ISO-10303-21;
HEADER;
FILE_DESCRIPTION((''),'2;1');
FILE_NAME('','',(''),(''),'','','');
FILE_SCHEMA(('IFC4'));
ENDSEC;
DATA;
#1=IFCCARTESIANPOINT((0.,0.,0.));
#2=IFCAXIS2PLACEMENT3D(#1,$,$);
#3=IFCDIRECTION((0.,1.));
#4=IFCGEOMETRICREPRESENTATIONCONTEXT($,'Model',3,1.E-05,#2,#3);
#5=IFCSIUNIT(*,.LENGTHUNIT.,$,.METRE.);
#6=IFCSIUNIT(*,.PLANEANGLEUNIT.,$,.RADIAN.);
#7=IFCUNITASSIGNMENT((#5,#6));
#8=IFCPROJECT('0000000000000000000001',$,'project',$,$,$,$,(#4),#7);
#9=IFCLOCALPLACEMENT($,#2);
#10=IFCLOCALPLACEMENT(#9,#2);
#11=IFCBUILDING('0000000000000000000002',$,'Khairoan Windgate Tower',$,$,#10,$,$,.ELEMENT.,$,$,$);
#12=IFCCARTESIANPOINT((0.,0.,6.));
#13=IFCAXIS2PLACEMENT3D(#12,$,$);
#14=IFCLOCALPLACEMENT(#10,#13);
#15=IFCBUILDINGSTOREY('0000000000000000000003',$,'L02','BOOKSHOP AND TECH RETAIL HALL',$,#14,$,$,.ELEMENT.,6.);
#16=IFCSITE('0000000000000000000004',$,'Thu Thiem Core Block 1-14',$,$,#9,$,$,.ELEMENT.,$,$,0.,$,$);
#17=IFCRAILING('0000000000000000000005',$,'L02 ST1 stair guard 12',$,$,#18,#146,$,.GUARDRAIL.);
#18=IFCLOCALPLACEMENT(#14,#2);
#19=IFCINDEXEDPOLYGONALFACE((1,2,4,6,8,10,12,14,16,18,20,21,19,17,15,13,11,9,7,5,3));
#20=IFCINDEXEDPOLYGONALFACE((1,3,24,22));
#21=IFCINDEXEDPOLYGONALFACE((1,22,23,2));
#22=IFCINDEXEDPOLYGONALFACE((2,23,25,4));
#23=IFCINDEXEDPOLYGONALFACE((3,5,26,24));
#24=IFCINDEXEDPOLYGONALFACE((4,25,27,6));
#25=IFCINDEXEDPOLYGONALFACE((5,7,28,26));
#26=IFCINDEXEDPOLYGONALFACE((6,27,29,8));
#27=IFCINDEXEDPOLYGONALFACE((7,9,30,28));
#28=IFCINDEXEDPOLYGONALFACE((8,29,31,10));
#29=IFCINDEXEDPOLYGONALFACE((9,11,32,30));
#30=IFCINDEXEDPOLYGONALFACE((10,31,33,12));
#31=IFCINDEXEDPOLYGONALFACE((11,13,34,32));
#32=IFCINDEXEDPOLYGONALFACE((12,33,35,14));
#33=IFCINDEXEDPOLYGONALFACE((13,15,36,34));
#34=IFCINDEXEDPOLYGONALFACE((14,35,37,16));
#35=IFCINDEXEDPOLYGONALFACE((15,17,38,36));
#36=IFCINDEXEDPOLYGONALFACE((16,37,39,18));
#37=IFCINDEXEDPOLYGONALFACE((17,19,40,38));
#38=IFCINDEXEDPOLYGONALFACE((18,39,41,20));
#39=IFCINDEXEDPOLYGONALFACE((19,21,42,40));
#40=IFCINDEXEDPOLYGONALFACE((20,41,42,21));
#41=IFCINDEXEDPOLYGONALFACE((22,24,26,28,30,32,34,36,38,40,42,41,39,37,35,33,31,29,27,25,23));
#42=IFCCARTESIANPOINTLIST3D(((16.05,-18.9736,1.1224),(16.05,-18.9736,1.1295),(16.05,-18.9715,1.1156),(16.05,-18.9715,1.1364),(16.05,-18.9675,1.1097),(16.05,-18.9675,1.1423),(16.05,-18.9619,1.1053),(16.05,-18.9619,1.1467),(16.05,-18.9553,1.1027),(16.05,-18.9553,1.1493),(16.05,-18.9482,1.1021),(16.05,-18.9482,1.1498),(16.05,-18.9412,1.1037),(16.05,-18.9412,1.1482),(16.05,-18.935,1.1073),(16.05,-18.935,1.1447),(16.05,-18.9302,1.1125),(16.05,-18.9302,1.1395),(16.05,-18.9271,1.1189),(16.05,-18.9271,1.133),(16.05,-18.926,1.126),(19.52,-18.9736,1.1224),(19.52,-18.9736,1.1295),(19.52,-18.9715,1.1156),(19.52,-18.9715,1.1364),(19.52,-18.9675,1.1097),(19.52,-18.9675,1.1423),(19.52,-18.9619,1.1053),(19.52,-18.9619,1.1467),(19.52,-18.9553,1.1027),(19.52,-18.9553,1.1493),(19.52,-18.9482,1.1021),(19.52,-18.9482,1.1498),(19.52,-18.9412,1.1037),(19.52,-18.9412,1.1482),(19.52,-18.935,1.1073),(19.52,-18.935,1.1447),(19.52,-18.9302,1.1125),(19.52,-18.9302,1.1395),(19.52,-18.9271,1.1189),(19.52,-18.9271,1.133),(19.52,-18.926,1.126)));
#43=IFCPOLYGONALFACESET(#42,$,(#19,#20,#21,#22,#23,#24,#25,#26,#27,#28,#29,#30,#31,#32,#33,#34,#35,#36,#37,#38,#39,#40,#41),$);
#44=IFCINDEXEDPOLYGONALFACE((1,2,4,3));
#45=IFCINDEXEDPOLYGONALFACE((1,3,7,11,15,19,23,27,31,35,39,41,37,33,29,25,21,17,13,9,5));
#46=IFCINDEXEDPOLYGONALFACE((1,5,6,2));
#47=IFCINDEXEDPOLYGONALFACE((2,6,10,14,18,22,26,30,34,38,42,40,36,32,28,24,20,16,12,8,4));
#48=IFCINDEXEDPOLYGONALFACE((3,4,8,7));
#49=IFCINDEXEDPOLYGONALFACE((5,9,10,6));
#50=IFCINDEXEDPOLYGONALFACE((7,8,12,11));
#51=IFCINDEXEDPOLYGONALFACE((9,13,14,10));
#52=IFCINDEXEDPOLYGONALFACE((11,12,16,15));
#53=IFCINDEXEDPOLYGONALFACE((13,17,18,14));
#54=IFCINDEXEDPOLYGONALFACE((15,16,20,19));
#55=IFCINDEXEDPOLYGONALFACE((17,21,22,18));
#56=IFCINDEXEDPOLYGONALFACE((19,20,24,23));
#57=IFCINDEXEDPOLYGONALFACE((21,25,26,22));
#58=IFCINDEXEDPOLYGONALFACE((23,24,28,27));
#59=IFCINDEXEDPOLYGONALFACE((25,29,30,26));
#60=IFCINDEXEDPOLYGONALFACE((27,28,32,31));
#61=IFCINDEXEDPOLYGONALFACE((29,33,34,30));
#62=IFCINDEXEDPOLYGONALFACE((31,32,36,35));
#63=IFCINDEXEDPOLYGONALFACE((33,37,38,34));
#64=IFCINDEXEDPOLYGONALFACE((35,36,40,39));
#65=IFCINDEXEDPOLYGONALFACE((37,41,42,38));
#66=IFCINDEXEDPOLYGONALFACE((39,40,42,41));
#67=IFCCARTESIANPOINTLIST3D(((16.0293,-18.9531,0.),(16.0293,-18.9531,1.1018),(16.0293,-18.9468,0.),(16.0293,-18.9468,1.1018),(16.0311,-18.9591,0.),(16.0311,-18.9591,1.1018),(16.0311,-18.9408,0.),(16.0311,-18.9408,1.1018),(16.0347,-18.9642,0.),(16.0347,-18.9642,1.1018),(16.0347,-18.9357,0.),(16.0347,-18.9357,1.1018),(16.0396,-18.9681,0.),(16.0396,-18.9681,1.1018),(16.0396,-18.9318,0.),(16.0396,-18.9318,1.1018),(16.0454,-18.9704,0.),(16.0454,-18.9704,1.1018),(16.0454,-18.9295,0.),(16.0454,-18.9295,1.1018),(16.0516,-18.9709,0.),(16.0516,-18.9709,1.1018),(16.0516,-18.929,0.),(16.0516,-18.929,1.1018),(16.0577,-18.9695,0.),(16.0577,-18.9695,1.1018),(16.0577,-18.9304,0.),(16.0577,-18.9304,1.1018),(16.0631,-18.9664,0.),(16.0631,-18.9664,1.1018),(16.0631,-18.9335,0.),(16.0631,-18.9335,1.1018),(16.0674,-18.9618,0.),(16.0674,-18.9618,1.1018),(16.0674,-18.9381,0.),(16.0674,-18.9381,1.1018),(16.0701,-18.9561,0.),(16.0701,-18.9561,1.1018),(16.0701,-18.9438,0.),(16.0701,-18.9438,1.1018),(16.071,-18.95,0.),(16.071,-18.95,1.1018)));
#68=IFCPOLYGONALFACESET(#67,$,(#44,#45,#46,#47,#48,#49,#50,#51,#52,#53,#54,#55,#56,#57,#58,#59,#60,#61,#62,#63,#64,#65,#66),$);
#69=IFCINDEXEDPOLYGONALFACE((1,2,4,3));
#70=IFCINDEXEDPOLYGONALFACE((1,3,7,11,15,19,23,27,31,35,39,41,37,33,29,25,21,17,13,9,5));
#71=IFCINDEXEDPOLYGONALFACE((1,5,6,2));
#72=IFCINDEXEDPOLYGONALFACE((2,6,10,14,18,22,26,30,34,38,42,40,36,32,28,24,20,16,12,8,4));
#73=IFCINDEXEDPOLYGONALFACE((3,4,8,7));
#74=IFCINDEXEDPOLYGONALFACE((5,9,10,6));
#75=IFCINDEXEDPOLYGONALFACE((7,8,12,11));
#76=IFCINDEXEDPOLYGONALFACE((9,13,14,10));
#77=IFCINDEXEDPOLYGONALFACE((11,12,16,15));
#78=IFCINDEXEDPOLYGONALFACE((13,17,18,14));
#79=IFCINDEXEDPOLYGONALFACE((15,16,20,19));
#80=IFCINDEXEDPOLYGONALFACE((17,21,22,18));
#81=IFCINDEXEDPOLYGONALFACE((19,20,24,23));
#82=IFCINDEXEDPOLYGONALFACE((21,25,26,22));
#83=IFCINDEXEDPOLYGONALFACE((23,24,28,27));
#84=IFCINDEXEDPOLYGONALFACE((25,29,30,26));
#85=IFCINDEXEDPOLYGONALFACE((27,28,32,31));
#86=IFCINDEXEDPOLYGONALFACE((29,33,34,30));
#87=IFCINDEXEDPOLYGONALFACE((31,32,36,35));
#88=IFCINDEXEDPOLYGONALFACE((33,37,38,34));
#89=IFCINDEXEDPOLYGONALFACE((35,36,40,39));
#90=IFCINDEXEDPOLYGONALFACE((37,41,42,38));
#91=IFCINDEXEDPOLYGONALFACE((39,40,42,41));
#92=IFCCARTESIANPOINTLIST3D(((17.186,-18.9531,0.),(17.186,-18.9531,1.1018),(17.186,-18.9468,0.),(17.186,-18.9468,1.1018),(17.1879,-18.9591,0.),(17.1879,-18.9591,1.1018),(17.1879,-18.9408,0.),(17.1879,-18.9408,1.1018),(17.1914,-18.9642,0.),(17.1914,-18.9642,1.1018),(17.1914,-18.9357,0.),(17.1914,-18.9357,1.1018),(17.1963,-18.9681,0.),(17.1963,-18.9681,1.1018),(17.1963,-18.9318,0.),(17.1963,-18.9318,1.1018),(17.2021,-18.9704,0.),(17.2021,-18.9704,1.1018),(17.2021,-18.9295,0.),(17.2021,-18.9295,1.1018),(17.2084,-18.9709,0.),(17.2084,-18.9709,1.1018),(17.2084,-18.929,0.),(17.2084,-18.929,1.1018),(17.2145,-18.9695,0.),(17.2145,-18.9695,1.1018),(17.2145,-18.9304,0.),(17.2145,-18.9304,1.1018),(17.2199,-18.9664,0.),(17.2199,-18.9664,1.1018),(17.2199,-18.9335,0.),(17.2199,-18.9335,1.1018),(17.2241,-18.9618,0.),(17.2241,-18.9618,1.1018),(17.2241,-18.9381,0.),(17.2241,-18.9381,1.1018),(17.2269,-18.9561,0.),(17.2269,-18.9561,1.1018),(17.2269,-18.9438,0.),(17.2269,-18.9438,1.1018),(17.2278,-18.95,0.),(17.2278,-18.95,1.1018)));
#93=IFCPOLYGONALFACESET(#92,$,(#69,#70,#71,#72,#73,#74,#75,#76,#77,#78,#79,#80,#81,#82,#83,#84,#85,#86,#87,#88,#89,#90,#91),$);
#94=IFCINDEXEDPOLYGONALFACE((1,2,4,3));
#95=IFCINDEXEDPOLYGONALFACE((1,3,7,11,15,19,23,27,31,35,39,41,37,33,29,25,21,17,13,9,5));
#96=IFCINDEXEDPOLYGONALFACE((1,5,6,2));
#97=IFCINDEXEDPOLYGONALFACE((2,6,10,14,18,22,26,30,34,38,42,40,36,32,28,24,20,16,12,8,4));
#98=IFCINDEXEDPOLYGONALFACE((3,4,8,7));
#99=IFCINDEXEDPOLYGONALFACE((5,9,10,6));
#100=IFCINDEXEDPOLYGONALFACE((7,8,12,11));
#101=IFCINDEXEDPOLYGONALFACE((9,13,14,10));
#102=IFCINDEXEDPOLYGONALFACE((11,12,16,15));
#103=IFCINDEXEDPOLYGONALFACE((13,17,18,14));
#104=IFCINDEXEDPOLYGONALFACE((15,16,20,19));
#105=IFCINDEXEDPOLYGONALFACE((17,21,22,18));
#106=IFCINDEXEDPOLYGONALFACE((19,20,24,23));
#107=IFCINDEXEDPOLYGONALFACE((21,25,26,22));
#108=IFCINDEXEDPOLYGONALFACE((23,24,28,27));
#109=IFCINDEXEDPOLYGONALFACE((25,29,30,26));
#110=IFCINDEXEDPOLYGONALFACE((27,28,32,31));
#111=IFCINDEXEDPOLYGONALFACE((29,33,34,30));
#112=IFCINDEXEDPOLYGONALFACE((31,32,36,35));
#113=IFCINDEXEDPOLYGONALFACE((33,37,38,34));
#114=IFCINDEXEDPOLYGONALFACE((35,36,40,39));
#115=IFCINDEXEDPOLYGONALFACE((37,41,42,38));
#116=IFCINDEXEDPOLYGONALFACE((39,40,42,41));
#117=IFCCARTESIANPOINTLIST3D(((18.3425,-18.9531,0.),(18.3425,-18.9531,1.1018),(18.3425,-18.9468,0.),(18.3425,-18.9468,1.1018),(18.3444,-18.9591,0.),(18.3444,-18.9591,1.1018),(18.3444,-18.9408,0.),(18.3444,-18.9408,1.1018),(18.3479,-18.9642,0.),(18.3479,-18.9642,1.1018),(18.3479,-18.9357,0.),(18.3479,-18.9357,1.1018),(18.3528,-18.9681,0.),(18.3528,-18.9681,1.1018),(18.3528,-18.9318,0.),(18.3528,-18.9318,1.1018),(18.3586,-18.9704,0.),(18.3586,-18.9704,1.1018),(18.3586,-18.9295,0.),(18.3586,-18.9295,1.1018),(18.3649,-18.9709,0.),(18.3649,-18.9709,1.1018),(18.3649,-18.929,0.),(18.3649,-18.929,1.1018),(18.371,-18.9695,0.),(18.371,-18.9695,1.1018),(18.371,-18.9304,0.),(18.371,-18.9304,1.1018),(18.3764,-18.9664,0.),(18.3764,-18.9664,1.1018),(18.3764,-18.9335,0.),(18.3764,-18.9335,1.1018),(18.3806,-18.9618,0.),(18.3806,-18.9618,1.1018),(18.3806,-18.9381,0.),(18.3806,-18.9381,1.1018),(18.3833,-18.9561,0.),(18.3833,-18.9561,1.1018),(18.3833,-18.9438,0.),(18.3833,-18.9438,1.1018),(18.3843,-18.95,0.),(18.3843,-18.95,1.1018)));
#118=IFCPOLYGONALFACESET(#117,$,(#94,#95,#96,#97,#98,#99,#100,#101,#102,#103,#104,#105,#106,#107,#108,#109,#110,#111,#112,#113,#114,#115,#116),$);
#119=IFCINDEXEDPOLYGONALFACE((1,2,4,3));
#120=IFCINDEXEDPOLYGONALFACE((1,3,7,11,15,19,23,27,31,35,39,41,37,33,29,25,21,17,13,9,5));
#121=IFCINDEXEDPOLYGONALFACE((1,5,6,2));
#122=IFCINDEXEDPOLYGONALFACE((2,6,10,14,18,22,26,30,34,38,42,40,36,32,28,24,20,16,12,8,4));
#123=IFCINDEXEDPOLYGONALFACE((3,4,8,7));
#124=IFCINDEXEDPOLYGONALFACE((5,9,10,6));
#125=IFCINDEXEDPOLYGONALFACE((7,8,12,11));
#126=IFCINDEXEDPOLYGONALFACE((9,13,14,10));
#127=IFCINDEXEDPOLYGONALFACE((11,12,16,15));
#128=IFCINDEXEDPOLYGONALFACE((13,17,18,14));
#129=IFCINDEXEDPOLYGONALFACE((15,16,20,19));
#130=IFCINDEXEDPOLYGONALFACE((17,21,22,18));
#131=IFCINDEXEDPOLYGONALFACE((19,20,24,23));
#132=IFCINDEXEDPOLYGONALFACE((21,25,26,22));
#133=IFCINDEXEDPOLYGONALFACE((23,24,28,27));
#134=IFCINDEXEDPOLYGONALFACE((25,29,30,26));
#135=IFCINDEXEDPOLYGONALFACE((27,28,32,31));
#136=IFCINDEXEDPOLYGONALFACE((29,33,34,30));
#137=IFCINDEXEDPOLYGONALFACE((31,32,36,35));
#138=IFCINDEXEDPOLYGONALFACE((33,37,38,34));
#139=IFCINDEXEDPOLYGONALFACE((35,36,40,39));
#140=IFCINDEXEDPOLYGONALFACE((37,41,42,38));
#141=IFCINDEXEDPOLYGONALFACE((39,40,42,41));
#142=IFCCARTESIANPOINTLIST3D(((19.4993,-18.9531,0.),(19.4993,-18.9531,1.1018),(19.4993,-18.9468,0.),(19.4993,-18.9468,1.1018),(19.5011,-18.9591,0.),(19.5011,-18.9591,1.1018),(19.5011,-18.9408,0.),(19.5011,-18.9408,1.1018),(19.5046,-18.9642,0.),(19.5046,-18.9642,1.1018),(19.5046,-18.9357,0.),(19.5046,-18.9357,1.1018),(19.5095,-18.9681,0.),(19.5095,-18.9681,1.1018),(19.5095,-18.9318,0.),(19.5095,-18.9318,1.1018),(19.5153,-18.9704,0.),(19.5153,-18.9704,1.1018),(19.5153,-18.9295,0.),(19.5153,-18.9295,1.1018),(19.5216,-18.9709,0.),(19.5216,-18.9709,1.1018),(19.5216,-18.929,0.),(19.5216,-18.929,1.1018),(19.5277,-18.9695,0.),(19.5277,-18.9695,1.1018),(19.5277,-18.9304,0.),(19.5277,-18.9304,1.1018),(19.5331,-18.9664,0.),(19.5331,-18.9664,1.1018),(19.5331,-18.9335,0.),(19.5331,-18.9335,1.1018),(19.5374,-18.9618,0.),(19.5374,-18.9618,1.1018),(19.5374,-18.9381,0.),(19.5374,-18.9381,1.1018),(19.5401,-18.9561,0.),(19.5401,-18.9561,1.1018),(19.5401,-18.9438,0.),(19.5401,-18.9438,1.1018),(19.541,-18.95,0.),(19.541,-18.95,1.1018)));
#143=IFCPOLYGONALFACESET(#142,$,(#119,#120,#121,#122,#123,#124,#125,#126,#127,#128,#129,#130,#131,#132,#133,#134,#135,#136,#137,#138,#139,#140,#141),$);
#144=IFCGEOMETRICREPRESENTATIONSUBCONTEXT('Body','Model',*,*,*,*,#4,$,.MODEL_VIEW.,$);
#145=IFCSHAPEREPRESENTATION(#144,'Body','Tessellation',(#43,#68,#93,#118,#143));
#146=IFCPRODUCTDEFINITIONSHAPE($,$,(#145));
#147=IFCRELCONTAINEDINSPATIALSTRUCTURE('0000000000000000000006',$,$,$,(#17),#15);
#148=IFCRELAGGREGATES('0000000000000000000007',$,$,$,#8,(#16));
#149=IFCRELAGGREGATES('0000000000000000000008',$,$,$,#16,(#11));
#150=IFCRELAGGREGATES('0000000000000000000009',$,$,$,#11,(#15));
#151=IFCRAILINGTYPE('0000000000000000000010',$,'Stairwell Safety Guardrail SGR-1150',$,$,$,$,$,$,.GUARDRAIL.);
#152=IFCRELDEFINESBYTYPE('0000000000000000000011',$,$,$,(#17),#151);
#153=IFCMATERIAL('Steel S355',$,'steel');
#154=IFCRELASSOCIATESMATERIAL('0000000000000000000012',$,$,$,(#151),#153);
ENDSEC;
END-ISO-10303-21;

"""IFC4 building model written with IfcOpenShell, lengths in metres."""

from ifc_helpers import new_model, si_unit, direction, frame, origin, origin_2d, place, context, subcontext, project, spatial, circle, extrude, material, type_object, element, save


model = new_model("IFC4")

# Units and contexts
model_context = context("Model", 3, precision=1e-05, world=origin(), true_north=direction((0.0, 1.0)))
body_context = subcontext(model_context, "Body", "Model", "MODEL_VIEW")
ifc_project = project(units=[si_unit("LENGTHUNIT", "METRE"), si_unit("PLANEANGLEUNIT", "RADIAN")], contexts=[model_context])

# Site, building, storey
site_placement = place(None, origin())
site = spatial("IfcSite", under=ifc_project, at=site_placement, Name="Thu Thiem Core Block 1-14", CompositionType="ELEMENT", RefElevation=0.0)
building_placement = place(site_placement, origin())
building = spatial("IfcBuilding", under=site, at=building_placement, Name="Khairoan Windgate Tower", CompositionType="ELEMENT")
storey_placement = place(building_placement, frame((0.0, 0.0, 6.0)))
storey = spatial("IfcBuildingStorey", under=building, at=storey_placement, Name="L02", Description="BOOKSHOP AND TECH RETAIL HALL", CompositionType="ELEMENT", Elevation=6.0)

# Railing
ifc_material_1 = material(Name="Steel S355", Category="steel")
railing_type = type_object("IfcRailingType", Name="Stairwell Safety Guardrail SGR-1150", PredefinedType="GUARDRAIL", material=ifc_material_1)
railing_1_placement = place(storey_placement, frame((16.05, -18.95, 0.0)))
element("IfcRailing", 1, at=railing_1_placement, inside=storey, type_object=railing_type, Name="L02 ST1 stair guard 12", PredefinedType="GUARDRAIL", context=body_context, shape_type="SweptSolid", body=[
    extrude(circle(Radius=0.0239, at=origin_2d()), frame((0.0, 0.0, 1.126), z_axis=(1.0, 0.0, 0.0), x_axis=(0.0, 1.0, 0.0)), (0.0, 0.0, 1.0), 3.47),
    extrude(circle(Radius=0.021, at=origin_2d()), origin(), (0.0, 0.0, 1.0), 1.1018),
    extrude(circle(Radius=0.021, at=origin_2d()), frame((1.1567, 0.0, 0.0)), (0.0, 0.0, 1.0), 1.1018),
    extrude(circle(Radius=0.021, at=origin_2d()), frame((2.3132, 0.0, 0.0)), (0.0, 0.0, 1.0), 1.1018),
    extrude(circle(Radius=0.021, at=origin_2d()), frame((3.47, 0.0, 0.0)), (0.0, 0.0, 1.0), 1.1018),
])

save(model, "model.ifc")
